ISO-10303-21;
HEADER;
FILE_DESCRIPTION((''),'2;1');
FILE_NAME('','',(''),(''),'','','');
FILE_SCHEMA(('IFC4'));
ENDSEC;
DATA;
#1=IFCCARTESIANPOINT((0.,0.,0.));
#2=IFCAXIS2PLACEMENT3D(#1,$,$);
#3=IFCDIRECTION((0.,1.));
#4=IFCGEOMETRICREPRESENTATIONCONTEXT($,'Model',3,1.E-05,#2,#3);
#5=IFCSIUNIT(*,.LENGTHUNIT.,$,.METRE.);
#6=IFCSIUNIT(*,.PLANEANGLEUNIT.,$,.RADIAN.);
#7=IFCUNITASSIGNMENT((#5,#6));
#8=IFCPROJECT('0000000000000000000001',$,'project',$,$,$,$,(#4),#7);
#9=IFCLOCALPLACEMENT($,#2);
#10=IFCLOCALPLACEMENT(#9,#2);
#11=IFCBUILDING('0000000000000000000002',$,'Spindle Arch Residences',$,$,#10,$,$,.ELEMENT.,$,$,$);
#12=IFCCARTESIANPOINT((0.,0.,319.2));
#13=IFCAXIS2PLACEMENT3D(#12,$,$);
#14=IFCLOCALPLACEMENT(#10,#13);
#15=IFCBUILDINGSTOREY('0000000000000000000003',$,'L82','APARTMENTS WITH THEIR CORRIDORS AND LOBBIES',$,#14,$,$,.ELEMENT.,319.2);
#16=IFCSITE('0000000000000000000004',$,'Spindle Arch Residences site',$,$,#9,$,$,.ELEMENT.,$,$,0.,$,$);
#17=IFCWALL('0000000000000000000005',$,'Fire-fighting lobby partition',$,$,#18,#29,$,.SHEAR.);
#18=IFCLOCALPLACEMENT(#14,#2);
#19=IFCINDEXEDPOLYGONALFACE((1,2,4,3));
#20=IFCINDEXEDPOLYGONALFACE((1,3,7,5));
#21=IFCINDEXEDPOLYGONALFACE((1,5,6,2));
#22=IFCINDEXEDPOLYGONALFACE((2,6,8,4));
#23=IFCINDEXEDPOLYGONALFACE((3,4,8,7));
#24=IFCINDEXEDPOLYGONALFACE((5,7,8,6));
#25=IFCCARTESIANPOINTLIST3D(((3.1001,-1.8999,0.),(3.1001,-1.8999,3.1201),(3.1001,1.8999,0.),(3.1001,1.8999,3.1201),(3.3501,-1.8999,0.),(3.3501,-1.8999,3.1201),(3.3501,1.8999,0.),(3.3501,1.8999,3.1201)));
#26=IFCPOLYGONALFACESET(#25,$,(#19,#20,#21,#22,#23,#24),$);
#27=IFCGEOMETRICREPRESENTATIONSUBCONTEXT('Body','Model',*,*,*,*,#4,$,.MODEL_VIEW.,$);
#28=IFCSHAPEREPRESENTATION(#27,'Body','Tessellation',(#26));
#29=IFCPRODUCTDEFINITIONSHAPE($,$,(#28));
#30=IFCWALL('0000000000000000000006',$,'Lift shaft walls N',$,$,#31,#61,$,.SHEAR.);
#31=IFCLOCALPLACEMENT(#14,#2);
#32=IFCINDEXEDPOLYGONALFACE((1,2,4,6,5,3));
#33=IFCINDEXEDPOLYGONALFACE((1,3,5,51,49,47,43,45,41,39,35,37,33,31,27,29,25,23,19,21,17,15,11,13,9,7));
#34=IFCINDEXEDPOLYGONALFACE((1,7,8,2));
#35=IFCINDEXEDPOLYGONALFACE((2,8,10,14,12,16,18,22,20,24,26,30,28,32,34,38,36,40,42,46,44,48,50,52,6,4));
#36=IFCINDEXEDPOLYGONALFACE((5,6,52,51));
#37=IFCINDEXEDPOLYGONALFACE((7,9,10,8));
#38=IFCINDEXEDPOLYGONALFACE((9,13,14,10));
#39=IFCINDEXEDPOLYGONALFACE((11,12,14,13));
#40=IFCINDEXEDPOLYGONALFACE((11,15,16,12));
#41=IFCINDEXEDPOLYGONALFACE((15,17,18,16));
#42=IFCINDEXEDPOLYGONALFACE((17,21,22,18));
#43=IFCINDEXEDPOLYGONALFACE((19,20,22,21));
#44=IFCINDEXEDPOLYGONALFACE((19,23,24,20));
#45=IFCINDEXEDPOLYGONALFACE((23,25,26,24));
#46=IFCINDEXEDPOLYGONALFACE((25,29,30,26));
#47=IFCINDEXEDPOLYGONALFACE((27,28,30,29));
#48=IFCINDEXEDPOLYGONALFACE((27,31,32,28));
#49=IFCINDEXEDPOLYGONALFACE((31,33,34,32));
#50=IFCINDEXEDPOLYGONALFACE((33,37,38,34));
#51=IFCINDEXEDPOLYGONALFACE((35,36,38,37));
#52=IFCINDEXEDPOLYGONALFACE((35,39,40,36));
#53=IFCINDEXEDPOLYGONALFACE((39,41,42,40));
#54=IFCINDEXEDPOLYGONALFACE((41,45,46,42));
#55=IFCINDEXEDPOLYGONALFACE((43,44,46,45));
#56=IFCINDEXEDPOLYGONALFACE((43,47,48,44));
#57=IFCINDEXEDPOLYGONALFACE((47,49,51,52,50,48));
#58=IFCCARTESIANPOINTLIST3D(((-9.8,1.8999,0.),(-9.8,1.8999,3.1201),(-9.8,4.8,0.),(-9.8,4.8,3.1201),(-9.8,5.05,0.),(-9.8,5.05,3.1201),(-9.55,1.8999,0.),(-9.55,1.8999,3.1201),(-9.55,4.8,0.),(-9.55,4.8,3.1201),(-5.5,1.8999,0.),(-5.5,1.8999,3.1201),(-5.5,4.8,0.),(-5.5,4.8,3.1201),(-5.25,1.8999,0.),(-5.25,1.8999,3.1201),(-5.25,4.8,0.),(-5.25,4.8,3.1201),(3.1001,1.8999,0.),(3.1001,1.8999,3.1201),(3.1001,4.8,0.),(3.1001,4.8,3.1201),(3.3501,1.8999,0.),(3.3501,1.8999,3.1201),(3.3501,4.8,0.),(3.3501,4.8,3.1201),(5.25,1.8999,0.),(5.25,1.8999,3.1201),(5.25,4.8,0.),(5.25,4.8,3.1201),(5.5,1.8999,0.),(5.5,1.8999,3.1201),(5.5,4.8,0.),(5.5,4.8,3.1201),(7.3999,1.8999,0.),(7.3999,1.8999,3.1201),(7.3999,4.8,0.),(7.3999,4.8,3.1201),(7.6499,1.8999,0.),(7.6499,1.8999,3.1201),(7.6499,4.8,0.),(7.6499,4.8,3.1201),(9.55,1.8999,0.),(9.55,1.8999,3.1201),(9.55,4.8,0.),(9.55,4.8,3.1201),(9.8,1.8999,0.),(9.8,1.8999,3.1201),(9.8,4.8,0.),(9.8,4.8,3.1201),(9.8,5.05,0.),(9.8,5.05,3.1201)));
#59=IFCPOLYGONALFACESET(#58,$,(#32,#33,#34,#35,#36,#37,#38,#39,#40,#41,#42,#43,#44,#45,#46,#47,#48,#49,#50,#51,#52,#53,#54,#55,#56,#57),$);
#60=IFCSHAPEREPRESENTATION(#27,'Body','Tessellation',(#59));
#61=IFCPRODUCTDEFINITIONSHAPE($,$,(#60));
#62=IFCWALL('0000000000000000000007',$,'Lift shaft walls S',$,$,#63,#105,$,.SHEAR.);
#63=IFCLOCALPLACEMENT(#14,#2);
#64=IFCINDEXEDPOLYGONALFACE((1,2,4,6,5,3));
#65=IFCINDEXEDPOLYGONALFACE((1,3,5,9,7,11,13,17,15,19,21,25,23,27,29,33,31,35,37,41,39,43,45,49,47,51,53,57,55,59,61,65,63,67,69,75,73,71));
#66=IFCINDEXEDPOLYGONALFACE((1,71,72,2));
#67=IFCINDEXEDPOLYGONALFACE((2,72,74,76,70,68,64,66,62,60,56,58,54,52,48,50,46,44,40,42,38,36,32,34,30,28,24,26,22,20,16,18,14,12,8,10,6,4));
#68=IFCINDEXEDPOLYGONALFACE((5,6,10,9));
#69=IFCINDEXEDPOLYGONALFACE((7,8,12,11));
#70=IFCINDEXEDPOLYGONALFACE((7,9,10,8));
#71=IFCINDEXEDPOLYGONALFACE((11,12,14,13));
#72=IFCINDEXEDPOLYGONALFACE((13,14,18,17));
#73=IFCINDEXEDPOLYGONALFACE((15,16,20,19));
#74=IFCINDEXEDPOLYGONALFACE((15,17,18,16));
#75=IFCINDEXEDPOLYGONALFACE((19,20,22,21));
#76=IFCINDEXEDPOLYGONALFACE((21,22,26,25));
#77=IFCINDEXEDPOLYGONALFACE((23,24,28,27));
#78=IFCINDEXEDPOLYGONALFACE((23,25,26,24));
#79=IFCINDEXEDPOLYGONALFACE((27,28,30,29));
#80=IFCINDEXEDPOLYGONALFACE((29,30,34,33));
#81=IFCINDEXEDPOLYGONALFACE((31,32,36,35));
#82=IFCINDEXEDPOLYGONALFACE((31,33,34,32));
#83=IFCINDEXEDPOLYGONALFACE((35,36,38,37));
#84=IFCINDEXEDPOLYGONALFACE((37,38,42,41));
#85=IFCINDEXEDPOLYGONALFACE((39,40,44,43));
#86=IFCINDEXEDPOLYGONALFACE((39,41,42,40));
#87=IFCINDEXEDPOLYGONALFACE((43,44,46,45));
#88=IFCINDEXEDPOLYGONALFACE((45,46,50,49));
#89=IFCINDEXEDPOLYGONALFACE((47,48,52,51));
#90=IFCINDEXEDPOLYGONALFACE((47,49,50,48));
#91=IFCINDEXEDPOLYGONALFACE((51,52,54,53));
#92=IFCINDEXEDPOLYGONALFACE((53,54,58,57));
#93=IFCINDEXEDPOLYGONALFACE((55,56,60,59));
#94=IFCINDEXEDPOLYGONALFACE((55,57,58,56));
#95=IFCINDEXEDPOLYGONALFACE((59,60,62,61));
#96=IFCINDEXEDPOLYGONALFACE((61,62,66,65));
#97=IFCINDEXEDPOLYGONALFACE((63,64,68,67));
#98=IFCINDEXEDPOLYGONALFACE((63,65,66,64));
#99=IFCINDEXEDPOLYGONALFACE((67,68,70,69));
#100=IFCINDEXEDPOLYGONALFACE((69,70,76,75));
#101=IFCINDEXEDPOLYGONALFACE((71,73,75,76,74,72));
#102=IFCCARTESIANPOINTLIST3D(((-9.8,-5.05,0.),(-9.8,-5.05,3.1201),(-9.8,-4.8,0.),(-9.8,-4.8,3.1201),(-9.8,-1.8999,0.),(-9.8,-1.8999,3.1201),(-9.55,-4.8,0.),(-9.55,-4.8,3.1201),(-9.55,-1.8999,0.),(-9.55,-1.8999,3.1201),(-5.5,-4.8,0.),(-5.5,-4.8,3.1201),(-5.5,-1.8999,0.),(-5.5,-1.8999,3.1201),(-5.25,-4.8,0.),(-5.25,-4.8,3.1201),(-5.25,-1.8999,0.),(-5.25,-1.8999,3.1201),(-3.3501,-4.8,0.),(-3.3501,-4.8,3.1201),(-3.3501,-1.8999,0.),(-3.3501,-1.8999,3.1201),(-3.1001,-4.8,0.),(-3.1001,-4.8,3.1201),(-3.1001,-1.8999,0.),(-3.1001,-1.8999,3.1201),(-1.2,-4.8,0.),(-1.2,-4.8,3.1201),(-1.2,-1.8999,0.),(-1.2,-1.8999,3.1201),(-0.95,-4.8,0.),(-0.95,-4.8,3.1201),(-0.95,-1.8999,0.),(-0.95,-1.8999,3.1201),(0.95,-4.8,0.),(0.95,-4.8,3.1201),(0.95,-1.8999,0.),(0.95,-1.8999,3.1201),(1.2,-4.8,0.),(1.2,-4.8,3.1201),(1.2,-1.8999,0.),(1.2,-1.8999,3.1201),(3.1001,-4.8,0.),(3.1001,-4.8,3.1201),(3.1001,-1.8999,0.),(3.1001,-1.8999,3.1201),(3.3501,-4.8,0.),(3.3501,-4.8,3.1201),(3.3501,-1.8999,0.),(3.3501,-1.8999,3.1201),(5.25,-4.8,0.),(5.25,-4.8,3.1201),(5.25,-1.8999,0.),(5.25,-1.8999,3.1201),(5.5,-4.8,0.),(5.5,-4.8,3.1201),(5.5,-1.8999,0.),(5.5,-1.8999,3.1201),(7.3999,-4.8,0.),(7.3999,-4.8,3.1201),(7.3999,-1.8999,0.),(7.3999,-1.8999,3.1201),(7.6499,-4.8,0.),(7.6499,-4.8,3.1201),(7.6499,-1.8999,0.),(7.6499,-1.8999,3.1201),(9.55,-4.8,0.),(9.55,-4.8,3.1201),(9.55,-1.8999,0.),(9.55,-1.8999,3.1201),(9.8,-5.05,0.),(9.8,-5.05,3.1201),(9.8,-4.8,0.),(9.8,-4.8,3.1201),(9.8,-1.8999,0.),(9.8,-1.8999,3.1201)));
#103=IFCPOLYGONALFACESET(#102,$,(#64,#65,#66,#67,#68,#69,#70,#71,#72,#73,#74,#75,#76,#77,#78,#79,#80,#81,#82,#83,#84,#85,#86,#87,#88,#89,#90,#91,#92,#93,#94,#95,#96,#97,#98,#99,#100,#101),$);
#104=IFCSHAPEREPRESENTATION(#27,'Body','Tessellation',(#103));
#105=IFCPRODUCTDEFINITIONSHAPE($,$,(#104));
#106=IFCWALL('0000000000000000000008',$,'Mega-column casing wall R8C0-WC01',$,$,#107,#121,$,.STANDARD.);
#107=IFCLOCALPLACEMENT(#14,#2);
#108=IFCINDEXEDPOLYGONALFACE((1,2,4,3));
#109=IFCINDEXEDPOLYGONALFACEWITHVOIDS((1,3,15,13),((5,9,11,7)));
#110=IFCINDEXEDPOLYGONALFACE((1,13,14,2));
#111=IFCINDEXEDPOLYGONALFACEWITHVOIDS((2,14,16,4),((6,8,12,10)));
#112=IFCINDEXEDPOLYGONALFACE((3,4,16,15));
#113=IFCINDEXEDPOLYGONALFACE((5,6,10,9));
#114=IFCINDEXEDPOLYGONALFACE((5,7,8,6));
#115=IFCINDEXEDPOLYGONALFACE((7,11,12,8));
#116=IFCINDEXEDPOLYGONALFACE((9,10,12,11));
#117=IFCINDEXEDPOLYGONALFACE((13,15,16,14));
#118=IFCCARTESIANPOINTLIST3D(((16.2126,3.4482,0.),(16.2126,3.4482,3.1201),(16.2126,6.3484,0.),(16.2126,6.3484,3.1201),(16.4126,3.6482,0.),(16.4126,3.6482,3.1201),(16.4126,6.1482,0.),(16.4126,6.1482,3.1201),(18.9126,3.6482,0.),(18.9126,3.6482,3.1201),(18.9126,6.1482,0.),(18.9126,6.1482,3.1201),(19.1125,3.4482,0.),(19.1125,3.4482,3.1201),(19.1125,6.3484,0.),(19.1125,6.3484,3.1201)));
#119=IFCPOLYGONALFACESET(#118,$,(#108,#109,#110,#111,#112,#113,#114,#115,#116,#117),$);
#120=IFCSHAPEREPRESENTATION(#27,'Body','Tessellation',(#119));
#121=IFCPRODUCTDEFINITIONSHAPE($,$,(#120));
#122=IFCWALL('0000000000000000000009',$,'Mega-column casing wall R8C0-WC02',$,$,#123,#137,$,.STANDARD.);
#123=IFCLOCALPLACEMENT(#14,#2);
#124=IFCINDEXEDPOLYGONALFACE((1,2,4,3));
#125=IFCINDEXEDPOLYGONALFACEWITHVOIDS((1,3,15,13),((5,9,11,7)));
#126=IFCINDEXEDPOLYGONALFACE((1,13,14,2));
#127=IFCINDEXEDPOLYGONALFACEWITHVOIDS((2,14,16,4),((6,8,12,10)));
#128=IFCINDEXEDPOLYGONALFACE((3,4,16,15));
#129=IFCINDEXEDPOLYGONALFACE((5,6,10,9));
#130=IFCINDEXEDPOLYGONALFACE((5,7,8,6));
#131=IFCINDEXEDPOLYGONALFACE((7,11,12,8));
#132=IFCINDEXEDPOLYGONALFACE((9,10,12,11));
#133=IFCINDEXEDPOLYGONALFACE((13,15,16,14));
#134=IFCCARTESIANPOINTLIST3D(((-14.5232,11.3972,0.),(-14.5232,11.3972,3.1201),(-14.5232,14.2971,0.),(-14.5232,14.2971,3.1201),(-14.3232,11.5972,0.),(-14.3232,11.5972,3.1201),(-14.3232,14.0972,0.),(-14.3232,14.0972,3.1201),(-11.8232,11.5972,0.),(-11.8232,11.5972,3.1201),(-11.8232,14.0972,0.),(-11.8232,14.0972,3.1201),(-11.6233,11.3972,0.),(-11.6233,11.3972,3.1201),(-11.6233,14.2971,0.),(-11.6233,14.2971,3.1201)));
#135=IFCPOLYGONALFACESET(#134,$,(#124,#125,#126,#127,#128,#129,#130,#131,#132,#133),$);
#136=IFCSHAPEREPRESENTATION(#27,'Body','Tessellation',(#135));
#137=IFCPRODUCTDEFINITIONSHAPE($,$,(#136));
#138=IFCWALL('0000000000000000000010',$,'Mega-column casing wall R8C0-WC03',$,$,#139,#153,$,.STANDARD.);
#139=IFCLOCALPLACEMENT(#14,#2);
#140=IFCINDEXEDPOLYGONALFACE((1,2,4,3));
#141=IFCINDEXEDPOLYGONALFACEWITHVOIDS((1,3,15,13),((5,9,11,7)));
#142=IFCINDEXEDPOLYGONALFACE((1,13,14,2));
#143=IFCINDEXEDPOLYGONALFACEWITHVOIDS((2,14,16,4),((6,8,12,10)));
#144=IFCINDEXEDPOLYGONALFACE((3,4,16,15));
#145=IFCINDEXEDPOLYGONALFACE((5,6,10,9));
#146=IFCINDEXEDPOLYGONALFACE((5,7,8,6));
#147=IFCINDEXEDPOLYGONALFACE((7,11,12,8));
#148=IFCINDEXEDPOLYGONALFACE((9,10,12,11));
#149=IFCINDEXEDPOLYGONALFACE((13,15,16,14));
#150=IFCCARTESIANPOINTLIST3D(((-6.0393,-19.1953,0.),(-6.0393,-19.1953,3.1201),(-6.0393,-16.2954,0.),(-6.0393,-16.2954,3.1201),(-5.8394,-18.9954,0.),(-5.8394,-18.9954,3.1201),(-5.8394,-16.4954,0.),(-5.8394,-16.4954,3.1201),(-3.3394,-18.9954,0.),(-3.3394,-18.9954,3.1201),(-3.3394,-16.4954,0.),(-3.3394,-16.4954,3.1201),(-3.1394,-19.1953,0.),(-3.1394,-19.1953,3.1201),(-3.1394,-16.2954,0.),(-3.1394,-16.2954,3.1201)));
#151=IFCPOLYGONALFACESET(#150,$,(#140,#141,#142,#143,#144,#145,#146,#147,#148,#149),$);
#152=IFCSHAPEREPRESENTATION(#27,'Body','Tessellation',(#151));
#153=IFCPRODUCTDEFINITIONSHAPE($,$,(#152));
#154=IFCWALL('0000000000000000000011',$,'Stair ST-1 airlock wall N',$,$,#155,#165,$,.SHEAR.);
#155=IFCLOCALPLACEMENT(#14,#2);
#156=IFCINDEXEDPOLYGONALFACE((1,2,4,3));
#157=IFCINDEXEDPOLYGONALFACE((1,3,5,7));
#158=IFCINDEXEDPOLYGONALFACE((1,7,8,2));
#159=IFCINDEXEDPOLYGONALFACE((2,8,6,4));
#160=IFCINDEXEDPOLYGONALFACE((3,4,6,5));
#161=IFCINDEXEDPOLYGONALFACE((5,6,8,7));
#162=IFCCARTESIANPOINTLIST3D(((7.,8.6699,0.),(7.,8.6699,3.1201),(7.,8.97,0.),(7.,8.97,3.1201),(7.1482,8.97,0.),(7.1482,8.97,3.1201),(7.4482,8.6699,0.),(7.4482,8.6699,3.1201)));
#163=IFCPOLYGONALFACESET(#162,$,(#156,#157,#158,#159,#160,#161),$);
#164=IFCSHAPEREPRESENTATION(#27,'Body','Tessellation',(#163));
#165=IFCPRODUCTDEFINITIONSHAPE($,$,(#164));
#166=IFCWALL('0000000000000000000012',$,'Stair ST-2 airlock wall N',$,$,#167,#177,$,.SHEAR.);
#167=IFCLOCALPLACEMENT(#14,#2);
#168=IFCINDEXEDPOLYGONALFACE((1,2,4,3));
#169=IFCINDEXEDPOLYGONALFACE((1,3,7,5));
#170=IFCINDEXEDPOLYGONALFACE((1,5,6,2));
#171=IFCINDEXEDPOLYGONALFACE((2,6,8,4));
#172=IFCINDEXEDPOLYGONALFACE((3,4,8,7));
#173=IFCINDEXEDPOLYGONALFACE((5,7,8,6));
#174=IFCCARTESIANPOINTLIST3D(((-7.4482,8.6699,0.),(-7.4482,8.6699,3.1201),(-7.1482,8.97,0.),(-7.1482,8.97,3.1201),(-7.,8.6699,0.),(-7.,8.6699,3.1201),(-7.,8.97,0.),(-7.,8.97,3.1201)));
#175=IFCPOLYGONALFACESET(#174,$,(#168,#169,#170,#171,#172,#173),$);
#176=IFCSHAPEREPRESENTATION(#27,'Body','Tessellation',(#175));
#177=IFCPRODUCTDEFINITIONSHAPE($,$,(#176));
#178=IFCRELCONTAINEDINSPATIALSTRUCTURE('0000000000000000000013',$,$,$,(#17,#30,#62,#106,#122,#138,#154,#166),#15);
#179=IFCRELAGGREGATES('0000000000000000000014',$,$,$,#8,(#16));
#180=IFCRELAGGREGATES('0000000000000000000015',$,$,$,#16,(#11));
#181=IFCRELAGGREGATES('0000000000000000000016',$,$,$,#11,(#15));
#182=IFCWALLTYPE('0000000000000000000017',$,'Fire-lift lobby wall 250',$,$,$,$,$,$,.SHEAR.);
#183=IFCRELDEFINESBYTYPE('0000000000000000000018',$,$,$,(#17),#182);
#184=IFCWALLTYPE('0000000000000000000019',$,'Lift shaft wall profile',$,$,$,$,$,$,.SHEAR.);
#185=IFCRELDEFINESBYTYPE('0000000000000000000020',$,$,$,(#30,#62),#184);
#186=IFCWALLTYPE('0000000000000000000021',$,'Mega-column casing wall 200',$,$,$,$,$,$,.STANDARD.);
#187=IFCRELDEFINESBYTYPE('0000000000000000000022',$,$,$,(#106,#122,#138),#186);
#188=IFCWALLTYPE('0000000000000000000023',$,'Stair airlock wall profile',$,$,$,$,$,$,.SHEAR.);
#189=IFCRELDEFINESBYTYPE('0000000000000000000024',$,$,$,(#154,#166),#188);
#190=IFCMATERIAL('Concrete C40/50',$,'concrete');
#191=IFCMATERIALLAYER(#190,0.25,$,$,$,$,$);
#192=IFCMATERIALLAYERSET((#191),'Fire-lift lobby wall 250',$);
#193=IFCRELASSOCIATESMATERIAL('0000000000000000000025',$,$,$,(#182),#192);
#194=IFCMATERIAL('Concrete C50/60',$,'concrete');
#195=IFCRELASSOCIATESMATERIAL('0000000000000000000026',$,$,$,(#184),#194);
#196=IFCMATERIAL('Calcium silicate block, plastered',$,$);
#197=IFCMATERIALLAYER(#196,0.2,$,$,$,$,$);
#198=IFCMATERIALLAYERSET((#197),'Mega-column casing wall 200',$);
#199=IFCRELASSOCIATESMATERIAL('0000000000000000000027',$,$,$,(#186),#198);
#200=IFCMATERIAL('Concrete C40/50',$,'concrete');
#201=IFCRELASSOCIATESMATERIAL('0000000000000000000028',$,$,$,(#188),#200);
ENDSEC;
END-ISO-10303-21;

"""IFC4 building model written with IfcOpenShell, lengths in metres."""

from ifc_helpers import new_model, si_unit, direction, frame, frame_2d, origin, place, context, subcontext, project, spatial, polyline, rectangle, outline, extrude, material, layer, layer_set, type_object, element, save


model = new_model("IFC4")

# Units and contexts
model_context = context("Model", 3, precision=1e-05, world=origin(), true_north=direction((0.0, 1.0)))
body_context = subcontext(model_context, "Body", "Model", "MODEL_VIEW")
ifc_project = project(units=[si_unit("LENGTHUNIT", "METRE"), si_unit("PLANEANGLEUNIT", "RADIAN")], contexts=[model_context])

# Site, building, storey
site_placement = place(None, origin())
site = spatial("IfcSite", under=ifc_project, at=site_placement, Name="Spindle Arch Residences site", CompositionType="ELEMENT", RefElevation=0.0)
building_placement = place(site_placement, origin())
building = spatial("IfcBuilding", under=site, at=building_placement, Name="Spindle Arch Residences", CompositionType="ELEMENT")
storey_placement = place(building_placement, frame((0.0, 0.0, 319.2)))
storey = spatial("IfcBuildingStorey", under=building, at=storey_placement, Name="L82", Description="APARTMENTS WITH THEIR CORRIDORS AND LOBBIES", CompositionType="ELEMENT", Elevation=319.2)

# Wall
ifc_material_1 = material(Name="Concrete C40/50", Category="concrete")
ifc_layer_1 = layer(ifc_material_1, 0.25)
ifc_layer_set_1 = layer_set([ifc_layer_1], Name="Fire-lift lobby wall 250")
wall_type_1 = type_object("IfcWallType", Name="Fire-lift lobby wall 250", PredefinedType="SHEAR", material=ifc_layer_set_1)
wall_1_placement = place(storey_placement, frame((3.2251, -1.8999, 0.0), z_axis=(0.0, 0.0, 1.0), x_axis=(0.0, 1.0, 0.0)))
element("IfcWall", 1, at=wall_1_placement, inside=storey, type_object=wall_type_1, Name="Fire-fighting lobby partition", PredefinedType="SHEAR", context=body_context, shape_type="SweptSolid", body=[
    extrude(rectangle(XDim=3.7998, YDim=0.25, at=frame_2d((1.8999, 0.0))), origin(), (0.0, 0.0, 1.0), 3.1201),
])

# Walls
ifc_material_2 = material(Name="Concrete C50/60", Category="concrete")
wall_type_2 = type_object("IfcWallType", Name="Lift shaft wall profile", PredefinedType="SHEAR", material=ifc_material_2)
wall_2_placement = place(storey_placement, origin())
element("IfcWall", 2, at=wall_2_placement, inside=storey, type_object=wall_type_2, Name="Lift shaft walls N", PredefinedType="SHEAR", context=body_context, shape_type="SweptSolid", body=[
    extrude(outline(polyline([(-9.8, 1.8999), (-9.55, 1.8999), (-9.55, 4.8), (-5.5, 4.8), (-5.5, 1.8999), (-5.25, 1.8999), (-5.25, 4.8), (3.1001, 4.8), (3.1001, 1.8999), (3.3501, 1.8999), (3.3501, 4.8), (5.25, 4.8), (5.25, 1.8999), (5.5, 1.8999), (5.5, 4.8), (7.3999, 4.8), (7.3999, 1.8999), (7.6499, 1.8999), (7.6499, 4.8), (9.55, 4.8), (9.55, 1.8999), (9.8, 1.8999), (9.8, 4.8), (9.8, 5.05), (-9.8, 5.05), (-9.8, 4.8), (-9.8, 1.8999)])), origin(), (0.0, 0.0, 1.0), 3.1201),
])
wall_3_placement = place(storey_placement, origin())
element("IfcWall", 3, at=wall_3_placement, inside=storey, type_object=wall_type_2, Name="Lift shaft walls S", PredefinedType="SHEAR", context=body_context, shape_type="SweptSolid", body=[
    extrude(outline(polyline([(9.8, -5.05), (9.8, -4.8), (9.8, -1.8999), (9.55, -1.8999), (9.55, -4.8), (7.6499, -4.8), (7.6499, -1.8999), (7.3999, -1.8999), (7.3999, -4.8), (5.5, -4.8), (5.5, -1.8999), (5.25, -1.8999), (5.25, -4.8), (3.3501, -4.8), (3.3501, -1.8999), (3.1001, -1.8999), (3.1001, -4.8), (1.2, -4.8), (1.2, -1.8999), (0.95, -1.8999), (0.95, -4.8), (-0.95, -4.8), (-0.95, -1.8999), (-1.2, -1.8999), (-1.2, -4.8), (-3.1001, -4.8), (-3.1001, -1.8999), (-3.3501, -1.8999), (-3.3501, -4.8), (-5.25, -4.8), (-5.25, -1.8999), (-5.5, -1.8999), (-5.5, -4.8), (-9.55, -4.8), (-9.55, -1.8999), (-9.8, -1.8999), (-9.8, -4.8), (-9.8, -5.05), (9.8, -5.05)])), origin(), (0.0, 0.0, 1.0), 3.1201),
])
ifc_material_3 = material(Name="Calcium silicate block, plastered")
ifc_layer_2 = layer(ifc_material_3, 0.2)
ifc_layer_set_2 = layer_set([ifc_layer_2], Name="Mega-column casing wall 200")
wall_type_3 = type_object("IfcWallType", Name="Mega-column casing wall 200", PredefinedType="STANDARD", material=ifc_layer_set_2)
wall_4_placement = place(storey_placement, origin())
element("IfcWall", 4, at=wall_4_placement, inside=storey, type_object=wall_type_3, Name="Mega-column casing wall R8C0-WC01", PredefinedType="STANDARD", context=body_context, shape_type="SweptSolid", body=[
    extrude(outline(polyline([(19.1125, 6.3484), (19.1125, 3.4482), (16.2126, 3.4482), (16.2126, 6.3484), (19.1125, 6.3484)]), holes=[polyline([(16.4126, 3.6482), (18.9126, 3.6482), (18.9126, 6.1482), (16.4126, 6.1482), (16.4126, 3.6482)])]), origin(), (0.0, 0.0, 1.0), 3.1201),
])
wall_5_placement = place(storey_placement, origin())
element("IfcWall", 5, at=wall_5_placement, inside=storey, type_object=wall_type_3, Name="Mega-column casing wall R8C0-WC02", PredefinedType="STANDARD", context=body_context, shape_type="SweptSolid", body=[
    extrude(outline(polyline([(-11.6233, 14.2971), (-11.6233, 11.3972), (-14.5232, 11.3972), (-14.5232, 14.2971), (-11.6233, 14.2971)]), holes=[polyline([(-14.3232, 11.5972), (-11.8232, 11.5972), (-11.8232, 14.0972), (-14.3232, 14.0972), (-14.3232, 11.5972)])]), origin(), (0.0, 0.0, 1.0), 3.1201),
])
wall_6_placement = place(storey_placement, origin())
element("IfcWall", 6, at=wall_6_placement, inside=storey, type_object=wall_type_3, Name="Mega-column casing wall R8C0-WC03", PredefinedType="STANDARD", context=body_context, shape_type="SweptSolid", body=[
    extrude(outline(polyline([(-3.1394, -16.2954), (-3.1394, -19.1953), (-6.0393, -19.1953), (-6.0393, -16.2954), (-3.1394, -16.2954)]), holes=[polyline([(-5.8394, -18.9954), (-3.3394, -18.9954), (-3.3394, -16.4954), (-5.8394, -16.4954), (-5.8394, -18.9954)])]), origin(), (0.0, 0.0, 1.0), 3.1201),
])
ifc_material_4 = material(Name="Concrete C40/50", Category="concrete")
wall_type_4 = type_object("IfcWallType", Name="Stair airlock wall profile", PredefinedType="SHEAR", material=ifc_material_4)
wall_7_placement = place(storey_placement, origin())
element("IfcWall", 7, at=wall_7_placement, inside=storey, type_object=wall_type_4, Name="Stair ST-1 airlock wall N", PredefinedType="SHEAR", context=body_context, shape_type="SweptSolid", body=[
    extrude(outline(polyline([(7.4482, 8.6699), (7.0, 8.6699), (7.0, 8.97), (7.1482, 8.97), (7.4482, 8.6699)])), origin(), (0.0, 0.0, 1.0), 3.1201),
])
wall_8_placement = place(storey_placement, origin())
element("IfcWall", 8, at=wall_8_placement, inside=storey, type_object=wall_type_4, Name="Stair ST-2 airlock wall N", PredefinedType="SHEAR", context=body_context, shape_type="SweptSolid", body=[
    extrude(outline(polyline([(-7.1482, 8.97), (-7.0, 8.97), (-7.0, 8.6699), (-7.4482, 8.6699), (-7.1482, 8.97)])), origin(), (0.0, 0.0, 1.0), 3.1201),
])

save(model, "model.ifc")
